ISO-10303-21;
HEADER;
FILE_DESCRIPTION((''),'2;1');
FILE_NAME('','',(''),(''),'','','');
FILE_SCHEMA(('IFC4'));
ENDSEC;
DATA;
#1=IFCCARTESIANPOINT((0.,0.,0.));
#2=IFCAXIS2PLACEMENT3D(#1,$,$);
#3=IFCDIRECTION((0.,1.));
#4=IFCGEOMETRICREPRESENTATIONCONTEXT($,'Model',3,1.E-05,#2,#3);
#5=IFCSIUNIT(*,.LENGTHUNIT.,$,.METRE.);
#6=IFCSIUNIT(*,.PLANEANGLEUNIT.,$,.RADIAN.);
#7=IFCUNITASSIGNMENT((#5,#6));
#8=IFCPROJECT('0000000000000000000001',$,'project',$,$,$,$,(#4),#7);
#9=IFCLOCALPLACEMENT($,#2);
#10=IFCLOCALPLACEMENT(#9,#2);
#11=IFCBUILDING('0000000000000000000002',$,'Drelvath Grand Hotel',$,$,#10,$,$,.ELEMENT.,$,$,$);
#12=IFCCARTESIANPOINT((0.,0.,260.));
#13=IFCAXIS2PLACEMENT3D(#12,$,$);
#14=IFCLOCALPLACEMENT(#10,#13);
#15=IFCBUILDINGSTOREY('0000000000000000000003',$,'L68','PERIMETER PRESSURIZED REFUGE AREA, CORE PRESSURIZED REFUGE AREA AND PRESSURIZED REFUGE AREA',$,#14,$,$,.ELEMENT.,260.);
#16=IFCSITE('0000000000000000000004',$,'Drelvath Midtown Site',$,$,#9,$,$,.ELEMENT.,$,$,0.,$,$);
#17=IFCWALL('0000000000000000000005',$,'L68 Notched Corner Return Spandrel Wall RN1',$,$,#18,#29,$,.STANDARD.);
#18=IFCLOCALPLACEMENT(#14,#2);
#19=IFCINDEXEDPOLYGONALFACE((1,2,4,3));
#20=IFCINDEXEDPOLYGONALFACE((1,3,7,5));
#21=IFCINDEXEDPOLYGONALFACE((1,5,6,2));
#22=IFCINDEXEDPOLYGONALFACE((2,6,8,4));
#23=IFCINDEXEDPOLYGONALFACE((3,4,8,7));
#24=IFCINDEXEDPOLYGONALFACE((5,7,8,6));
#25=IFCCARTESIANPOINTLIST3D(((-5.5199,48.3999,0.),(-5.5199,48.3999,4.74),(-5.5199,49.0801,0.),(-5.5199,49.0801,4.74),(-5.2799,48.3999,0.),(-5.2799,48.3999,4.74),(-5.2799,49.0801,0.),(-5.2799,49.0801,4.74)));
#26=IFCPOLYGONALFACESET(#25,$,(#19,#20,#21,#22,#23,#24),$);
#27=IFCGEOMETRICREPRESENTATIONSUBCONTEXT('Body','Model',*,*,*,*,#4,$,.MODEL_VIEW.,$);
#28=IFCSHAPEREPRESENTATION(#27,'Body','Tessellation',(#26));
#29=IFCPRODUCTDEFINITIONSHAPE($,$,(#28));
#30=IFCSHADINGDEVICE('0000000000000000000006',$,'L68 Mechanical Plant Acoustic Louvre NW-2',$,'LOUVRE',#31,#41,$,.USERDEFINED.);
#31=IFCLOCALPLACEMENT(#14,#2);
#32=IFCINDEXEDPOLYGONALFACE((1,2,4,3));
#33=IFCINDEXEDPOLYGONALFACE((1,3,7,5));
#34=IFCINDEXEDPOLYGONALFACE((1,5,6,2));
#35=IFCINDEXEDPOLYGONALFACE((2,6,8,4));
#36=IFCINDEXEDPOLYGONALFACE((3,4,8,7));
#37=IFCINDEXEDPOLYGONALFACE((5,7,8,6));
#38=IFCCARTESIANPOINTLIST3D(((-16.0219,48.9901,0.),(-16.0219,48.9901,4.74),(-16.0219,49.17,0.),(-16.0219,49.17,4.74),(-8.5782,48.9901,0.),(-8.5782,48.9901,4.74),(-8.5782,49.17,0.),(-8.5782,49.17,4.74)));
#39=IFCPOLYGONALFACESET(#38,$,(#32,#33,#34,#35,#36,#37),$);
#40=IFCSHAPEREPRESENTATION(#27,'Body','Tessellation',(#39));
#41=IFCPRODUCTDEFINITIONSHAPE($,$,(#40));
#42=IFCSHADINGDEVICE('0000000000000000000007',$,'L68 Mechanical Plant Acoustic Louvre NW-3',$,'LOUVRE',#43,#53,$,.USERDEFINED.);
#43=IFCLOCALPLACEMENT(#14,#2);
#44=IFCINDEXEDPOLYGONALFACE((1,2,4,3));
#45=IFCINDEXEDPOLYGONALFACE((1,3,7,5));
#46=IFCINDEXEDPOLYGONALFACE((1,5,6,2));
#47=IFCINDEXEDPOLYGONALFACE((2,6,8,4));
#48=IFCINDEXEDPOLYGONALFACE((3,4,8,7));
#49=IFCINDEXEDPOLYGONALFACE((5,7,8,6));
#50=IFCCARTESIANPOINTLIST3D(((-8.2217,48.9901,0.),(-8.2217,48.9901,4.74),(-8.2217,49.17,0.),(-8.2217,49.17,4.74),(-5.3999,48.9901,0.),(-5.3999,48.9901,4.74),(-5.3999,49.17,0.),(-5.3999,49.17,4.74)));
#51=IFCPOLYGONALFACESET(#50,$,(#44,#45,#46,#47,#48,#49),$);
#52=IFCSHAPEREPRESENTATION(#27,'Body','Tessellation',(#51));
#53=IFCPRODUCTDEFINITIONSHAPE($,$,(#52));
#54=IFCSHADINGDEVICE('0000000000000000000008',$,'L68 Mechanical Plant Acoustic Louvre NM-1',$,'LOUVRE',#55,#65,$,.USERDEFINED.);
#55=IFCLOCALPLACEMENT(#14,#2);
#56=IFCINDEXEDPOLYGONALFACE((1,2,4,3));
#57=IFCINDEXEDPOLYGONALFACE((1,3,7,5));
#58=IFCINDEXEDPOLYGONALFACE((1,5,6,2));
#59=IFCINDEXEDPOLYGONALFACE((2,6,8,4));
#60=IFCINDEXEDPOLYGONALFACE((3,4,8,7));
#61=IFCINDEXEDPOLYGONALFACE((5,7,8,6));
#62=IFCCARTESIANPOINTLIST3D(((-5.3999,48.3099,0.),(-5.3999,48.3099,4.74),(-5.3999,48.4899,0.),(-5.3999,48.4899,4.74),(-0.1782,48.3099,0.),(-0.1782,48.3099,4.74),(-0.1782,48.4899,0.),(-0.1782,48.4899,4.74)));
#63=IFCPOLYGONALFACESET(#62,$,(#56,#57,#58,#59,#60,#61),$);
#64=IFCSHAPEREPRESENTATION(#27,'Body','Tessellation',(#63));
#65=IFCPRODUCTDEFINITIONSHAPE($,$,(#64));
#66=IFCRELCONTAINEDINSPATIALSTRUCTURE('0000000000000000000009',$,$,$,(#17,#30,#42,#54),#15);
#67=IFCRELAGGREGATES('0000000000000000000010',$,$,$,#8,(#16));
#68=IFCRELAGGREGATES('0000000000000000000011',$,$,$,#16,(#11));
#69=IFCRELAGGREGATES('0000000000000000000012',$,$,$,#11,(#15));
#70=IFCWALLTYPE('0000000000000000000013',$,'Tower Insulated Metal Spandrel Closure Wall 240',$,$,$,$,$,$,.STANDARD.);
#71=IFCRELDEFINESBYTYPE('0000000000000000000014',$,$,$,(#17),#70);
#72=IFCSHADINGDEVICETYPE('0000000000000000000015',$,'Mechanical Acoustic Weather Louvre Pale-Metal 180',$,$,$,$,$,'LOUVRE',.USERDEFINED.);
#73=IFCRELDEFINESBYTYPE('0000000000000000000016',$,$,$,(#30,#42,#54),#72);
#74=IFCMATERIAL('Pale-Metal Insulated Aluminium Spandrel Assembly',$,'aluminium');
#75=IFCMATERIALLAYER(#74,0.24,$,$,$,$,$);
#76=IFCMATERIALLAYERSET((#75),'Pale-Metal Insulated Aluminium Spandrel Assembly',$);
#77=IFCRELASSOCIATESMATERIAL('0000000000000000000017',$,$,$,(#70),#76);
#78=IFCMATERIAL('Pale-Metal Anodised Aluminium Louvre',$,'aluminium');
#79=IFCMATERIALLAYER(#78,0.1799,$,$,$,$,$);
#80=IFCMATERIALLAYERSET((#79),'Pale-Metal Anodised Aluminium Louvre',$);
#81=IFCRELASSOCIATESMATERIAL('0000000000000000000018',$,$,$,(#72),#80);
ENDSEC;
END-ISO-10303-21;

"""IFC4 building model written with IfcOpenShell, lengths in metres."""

from ifc_helpers import new_model, si_unit, direction, frame, frame_2d, origin, origin_2d, place, context, subcontext, project, spatial, rectangle, extrude, material, layer, layer_set, type_object, element, save


model = new_model("IFC4")

# Units and contexts
model_context = context("Model", 3, precision=1e-05, world=origin(), true_north=direction((0.0, 1.0)))
body_context = subcontext(model_context, "Body", "Model", "MODEL_VIEW")
ifc_project = project(units=[si_unit("LENGTHUNIT", "METRE"), si_unit("PLANEANGLEUNIT", "RADIAN")], contexts=[model_context])

# Site, building, storey
site_placement = place(None, origin())
site = spatial("IfcSite", under=ifc_project, at=site_placement, Name="Drelvath Midtown Site", CompositionType="ELEMENT", RefElevation=0.0)
building_placement = place(site_placement, origin())
building = spatial("IfcBuilding", under=site, at=building_placement, Name="Drelvath Grand Hotel", CompositionType="ELEMENT")
storey_placement = place(building_placement, frame((0.0, 0.0, 260.0)))
storey = spatial("IfcBuildingStorey", under=building, at=storey_placement, Name="L68", Description="PERIMETER PRESSURIZED REFUGE AREA, CORE PRESSURIZED REFUGE AREA AND PRESSURIZED REFUGE AREA", CompositionType="ELEMENT", Elevation=260.0)

# Wall
ifc_material_1 = material(Name="Pale-Metal Insulated Aluminium Spandrel Assembly", Category="aluminium")
ifc_layer_1 = layer(ifc_material_1, 0.24)
ifc_layer_set_1 = layer_set([ifc_layer_1], Name="Pale-Metal Insulated Aluminium Spandrel Assembly")
wall_type_1 = type_object("IfcWallType", Name="Tower Insulated Metal Spandrel Closure Wall 240", PredefinedType="STANDARD", material=ifc_layer_set_1)
wall_1_placement = place(storey_placement, frame((-5.3999, 49.0801, 0.0), z_axis=(0.0, 0.0, 1.0), x_axis=(0.0, -1.0, 0.0)))
element("IfcWall", 1, at=wall_1_placement, inside=storey, type_object=wall_type_1, Name="L68 Notched Corner Return Spandrel Wall RN1", PredefinedType="STANDARD", context=body_context, shape_type="SweptSolid", body=[
    extrude(rectangle(XDim=0.6802, YDim=0.24, at=frame_2d((0.3401, 0.0))), origin(), (0.0, 0.0, 1.0), 4.74),
])

# Shading devices
ifc_material_2 = material(Name="Pale-Metal Anodised Aluminium Louvre", Category="aluminium")
ifc_layer_2 = layer(ifc_material_2, 0.1799)
ifc_layer_set_2 = layer_set([ifc_layer_2], Name="Pale-Metal Anodised Aluminium Louvre")
shading_device_type = type_object("IfcShadingDeviceType", Name="Mechanical Acoustic Weather Louvre Pale-Metal 180", ElementType="LOUVRE", PredefinedType="USERDEFINED", material=ifc_layer_set_2)
shading_device_1_placement = place(storey_placement, frame((-12.3, 49.0801, 0.0), z_axis=(0.0, 0.0, 1.0), x_axis=(1.0, 0.0, 0.0)))
element("IfcShadingDevice", 2, at=shading_device_1_placement, inside=storey, type_object=shading_device_type, Name="L68 Mechanical Plant Acoustic Louvre NW-2", ObjectType="LOUVRE", PredefinedType="USERDEFINED", context=body_context, shape_type="SweptSolid", body=[
    extrude(rectangle(XDim=7.4436, YDim=0.1799, at=origin_2d()), origin(), (0.0, 0.0, 1.0), 4.74),
])
shading_device_2_placement = place(storey_placement, frame((-6.8108, 49.0801, 0.0), z_axis=(0.0, 0.0, 1.0), x_axis=(1.0, 0.0, 0.0)))
element("IfcShadingDevice", 3, at=shading_device_2_placement, inside=storey, type_object=shading_device_type, Name="L68 Mechanical Plant Acoustic Louvre NW-3", ObjectType="LOUVRE", PredefinedType="USERDEFINED", context=body_context, shape_type="SweptSolid", body=[
    extrude(rectangle(XDim=2.8218, YDim=0.1799, at=origin_2d()), origin(), (0.0, 0.0, 1.0), 4.74),
])
shading_device_3_placement = place(storey_placement, frame((-2.7891, 48.3999, 0.0), z_axis=(0.0, 0.0, 1.0), x_axis=(1.0, 0.0, 0.0)))
element("IfcShadingDevice", 4, at=shading_device_3_placement, inside=storey, type_object=shading_device_type, Name="L68 Mechanical Plant Acoustic Louvre NM-1", ObjectType="LOUVRE", PredefinedType="USERDEFINED", context=body_context, shape_type="SweptSolid", body=[
    extrude(rectangle(XDim=5.2217, YDim=0.1799, at=origin_2d()), origin(), (0.0, 0.0, 1.0), 4.74),
])

save(model, "model.ifc")
